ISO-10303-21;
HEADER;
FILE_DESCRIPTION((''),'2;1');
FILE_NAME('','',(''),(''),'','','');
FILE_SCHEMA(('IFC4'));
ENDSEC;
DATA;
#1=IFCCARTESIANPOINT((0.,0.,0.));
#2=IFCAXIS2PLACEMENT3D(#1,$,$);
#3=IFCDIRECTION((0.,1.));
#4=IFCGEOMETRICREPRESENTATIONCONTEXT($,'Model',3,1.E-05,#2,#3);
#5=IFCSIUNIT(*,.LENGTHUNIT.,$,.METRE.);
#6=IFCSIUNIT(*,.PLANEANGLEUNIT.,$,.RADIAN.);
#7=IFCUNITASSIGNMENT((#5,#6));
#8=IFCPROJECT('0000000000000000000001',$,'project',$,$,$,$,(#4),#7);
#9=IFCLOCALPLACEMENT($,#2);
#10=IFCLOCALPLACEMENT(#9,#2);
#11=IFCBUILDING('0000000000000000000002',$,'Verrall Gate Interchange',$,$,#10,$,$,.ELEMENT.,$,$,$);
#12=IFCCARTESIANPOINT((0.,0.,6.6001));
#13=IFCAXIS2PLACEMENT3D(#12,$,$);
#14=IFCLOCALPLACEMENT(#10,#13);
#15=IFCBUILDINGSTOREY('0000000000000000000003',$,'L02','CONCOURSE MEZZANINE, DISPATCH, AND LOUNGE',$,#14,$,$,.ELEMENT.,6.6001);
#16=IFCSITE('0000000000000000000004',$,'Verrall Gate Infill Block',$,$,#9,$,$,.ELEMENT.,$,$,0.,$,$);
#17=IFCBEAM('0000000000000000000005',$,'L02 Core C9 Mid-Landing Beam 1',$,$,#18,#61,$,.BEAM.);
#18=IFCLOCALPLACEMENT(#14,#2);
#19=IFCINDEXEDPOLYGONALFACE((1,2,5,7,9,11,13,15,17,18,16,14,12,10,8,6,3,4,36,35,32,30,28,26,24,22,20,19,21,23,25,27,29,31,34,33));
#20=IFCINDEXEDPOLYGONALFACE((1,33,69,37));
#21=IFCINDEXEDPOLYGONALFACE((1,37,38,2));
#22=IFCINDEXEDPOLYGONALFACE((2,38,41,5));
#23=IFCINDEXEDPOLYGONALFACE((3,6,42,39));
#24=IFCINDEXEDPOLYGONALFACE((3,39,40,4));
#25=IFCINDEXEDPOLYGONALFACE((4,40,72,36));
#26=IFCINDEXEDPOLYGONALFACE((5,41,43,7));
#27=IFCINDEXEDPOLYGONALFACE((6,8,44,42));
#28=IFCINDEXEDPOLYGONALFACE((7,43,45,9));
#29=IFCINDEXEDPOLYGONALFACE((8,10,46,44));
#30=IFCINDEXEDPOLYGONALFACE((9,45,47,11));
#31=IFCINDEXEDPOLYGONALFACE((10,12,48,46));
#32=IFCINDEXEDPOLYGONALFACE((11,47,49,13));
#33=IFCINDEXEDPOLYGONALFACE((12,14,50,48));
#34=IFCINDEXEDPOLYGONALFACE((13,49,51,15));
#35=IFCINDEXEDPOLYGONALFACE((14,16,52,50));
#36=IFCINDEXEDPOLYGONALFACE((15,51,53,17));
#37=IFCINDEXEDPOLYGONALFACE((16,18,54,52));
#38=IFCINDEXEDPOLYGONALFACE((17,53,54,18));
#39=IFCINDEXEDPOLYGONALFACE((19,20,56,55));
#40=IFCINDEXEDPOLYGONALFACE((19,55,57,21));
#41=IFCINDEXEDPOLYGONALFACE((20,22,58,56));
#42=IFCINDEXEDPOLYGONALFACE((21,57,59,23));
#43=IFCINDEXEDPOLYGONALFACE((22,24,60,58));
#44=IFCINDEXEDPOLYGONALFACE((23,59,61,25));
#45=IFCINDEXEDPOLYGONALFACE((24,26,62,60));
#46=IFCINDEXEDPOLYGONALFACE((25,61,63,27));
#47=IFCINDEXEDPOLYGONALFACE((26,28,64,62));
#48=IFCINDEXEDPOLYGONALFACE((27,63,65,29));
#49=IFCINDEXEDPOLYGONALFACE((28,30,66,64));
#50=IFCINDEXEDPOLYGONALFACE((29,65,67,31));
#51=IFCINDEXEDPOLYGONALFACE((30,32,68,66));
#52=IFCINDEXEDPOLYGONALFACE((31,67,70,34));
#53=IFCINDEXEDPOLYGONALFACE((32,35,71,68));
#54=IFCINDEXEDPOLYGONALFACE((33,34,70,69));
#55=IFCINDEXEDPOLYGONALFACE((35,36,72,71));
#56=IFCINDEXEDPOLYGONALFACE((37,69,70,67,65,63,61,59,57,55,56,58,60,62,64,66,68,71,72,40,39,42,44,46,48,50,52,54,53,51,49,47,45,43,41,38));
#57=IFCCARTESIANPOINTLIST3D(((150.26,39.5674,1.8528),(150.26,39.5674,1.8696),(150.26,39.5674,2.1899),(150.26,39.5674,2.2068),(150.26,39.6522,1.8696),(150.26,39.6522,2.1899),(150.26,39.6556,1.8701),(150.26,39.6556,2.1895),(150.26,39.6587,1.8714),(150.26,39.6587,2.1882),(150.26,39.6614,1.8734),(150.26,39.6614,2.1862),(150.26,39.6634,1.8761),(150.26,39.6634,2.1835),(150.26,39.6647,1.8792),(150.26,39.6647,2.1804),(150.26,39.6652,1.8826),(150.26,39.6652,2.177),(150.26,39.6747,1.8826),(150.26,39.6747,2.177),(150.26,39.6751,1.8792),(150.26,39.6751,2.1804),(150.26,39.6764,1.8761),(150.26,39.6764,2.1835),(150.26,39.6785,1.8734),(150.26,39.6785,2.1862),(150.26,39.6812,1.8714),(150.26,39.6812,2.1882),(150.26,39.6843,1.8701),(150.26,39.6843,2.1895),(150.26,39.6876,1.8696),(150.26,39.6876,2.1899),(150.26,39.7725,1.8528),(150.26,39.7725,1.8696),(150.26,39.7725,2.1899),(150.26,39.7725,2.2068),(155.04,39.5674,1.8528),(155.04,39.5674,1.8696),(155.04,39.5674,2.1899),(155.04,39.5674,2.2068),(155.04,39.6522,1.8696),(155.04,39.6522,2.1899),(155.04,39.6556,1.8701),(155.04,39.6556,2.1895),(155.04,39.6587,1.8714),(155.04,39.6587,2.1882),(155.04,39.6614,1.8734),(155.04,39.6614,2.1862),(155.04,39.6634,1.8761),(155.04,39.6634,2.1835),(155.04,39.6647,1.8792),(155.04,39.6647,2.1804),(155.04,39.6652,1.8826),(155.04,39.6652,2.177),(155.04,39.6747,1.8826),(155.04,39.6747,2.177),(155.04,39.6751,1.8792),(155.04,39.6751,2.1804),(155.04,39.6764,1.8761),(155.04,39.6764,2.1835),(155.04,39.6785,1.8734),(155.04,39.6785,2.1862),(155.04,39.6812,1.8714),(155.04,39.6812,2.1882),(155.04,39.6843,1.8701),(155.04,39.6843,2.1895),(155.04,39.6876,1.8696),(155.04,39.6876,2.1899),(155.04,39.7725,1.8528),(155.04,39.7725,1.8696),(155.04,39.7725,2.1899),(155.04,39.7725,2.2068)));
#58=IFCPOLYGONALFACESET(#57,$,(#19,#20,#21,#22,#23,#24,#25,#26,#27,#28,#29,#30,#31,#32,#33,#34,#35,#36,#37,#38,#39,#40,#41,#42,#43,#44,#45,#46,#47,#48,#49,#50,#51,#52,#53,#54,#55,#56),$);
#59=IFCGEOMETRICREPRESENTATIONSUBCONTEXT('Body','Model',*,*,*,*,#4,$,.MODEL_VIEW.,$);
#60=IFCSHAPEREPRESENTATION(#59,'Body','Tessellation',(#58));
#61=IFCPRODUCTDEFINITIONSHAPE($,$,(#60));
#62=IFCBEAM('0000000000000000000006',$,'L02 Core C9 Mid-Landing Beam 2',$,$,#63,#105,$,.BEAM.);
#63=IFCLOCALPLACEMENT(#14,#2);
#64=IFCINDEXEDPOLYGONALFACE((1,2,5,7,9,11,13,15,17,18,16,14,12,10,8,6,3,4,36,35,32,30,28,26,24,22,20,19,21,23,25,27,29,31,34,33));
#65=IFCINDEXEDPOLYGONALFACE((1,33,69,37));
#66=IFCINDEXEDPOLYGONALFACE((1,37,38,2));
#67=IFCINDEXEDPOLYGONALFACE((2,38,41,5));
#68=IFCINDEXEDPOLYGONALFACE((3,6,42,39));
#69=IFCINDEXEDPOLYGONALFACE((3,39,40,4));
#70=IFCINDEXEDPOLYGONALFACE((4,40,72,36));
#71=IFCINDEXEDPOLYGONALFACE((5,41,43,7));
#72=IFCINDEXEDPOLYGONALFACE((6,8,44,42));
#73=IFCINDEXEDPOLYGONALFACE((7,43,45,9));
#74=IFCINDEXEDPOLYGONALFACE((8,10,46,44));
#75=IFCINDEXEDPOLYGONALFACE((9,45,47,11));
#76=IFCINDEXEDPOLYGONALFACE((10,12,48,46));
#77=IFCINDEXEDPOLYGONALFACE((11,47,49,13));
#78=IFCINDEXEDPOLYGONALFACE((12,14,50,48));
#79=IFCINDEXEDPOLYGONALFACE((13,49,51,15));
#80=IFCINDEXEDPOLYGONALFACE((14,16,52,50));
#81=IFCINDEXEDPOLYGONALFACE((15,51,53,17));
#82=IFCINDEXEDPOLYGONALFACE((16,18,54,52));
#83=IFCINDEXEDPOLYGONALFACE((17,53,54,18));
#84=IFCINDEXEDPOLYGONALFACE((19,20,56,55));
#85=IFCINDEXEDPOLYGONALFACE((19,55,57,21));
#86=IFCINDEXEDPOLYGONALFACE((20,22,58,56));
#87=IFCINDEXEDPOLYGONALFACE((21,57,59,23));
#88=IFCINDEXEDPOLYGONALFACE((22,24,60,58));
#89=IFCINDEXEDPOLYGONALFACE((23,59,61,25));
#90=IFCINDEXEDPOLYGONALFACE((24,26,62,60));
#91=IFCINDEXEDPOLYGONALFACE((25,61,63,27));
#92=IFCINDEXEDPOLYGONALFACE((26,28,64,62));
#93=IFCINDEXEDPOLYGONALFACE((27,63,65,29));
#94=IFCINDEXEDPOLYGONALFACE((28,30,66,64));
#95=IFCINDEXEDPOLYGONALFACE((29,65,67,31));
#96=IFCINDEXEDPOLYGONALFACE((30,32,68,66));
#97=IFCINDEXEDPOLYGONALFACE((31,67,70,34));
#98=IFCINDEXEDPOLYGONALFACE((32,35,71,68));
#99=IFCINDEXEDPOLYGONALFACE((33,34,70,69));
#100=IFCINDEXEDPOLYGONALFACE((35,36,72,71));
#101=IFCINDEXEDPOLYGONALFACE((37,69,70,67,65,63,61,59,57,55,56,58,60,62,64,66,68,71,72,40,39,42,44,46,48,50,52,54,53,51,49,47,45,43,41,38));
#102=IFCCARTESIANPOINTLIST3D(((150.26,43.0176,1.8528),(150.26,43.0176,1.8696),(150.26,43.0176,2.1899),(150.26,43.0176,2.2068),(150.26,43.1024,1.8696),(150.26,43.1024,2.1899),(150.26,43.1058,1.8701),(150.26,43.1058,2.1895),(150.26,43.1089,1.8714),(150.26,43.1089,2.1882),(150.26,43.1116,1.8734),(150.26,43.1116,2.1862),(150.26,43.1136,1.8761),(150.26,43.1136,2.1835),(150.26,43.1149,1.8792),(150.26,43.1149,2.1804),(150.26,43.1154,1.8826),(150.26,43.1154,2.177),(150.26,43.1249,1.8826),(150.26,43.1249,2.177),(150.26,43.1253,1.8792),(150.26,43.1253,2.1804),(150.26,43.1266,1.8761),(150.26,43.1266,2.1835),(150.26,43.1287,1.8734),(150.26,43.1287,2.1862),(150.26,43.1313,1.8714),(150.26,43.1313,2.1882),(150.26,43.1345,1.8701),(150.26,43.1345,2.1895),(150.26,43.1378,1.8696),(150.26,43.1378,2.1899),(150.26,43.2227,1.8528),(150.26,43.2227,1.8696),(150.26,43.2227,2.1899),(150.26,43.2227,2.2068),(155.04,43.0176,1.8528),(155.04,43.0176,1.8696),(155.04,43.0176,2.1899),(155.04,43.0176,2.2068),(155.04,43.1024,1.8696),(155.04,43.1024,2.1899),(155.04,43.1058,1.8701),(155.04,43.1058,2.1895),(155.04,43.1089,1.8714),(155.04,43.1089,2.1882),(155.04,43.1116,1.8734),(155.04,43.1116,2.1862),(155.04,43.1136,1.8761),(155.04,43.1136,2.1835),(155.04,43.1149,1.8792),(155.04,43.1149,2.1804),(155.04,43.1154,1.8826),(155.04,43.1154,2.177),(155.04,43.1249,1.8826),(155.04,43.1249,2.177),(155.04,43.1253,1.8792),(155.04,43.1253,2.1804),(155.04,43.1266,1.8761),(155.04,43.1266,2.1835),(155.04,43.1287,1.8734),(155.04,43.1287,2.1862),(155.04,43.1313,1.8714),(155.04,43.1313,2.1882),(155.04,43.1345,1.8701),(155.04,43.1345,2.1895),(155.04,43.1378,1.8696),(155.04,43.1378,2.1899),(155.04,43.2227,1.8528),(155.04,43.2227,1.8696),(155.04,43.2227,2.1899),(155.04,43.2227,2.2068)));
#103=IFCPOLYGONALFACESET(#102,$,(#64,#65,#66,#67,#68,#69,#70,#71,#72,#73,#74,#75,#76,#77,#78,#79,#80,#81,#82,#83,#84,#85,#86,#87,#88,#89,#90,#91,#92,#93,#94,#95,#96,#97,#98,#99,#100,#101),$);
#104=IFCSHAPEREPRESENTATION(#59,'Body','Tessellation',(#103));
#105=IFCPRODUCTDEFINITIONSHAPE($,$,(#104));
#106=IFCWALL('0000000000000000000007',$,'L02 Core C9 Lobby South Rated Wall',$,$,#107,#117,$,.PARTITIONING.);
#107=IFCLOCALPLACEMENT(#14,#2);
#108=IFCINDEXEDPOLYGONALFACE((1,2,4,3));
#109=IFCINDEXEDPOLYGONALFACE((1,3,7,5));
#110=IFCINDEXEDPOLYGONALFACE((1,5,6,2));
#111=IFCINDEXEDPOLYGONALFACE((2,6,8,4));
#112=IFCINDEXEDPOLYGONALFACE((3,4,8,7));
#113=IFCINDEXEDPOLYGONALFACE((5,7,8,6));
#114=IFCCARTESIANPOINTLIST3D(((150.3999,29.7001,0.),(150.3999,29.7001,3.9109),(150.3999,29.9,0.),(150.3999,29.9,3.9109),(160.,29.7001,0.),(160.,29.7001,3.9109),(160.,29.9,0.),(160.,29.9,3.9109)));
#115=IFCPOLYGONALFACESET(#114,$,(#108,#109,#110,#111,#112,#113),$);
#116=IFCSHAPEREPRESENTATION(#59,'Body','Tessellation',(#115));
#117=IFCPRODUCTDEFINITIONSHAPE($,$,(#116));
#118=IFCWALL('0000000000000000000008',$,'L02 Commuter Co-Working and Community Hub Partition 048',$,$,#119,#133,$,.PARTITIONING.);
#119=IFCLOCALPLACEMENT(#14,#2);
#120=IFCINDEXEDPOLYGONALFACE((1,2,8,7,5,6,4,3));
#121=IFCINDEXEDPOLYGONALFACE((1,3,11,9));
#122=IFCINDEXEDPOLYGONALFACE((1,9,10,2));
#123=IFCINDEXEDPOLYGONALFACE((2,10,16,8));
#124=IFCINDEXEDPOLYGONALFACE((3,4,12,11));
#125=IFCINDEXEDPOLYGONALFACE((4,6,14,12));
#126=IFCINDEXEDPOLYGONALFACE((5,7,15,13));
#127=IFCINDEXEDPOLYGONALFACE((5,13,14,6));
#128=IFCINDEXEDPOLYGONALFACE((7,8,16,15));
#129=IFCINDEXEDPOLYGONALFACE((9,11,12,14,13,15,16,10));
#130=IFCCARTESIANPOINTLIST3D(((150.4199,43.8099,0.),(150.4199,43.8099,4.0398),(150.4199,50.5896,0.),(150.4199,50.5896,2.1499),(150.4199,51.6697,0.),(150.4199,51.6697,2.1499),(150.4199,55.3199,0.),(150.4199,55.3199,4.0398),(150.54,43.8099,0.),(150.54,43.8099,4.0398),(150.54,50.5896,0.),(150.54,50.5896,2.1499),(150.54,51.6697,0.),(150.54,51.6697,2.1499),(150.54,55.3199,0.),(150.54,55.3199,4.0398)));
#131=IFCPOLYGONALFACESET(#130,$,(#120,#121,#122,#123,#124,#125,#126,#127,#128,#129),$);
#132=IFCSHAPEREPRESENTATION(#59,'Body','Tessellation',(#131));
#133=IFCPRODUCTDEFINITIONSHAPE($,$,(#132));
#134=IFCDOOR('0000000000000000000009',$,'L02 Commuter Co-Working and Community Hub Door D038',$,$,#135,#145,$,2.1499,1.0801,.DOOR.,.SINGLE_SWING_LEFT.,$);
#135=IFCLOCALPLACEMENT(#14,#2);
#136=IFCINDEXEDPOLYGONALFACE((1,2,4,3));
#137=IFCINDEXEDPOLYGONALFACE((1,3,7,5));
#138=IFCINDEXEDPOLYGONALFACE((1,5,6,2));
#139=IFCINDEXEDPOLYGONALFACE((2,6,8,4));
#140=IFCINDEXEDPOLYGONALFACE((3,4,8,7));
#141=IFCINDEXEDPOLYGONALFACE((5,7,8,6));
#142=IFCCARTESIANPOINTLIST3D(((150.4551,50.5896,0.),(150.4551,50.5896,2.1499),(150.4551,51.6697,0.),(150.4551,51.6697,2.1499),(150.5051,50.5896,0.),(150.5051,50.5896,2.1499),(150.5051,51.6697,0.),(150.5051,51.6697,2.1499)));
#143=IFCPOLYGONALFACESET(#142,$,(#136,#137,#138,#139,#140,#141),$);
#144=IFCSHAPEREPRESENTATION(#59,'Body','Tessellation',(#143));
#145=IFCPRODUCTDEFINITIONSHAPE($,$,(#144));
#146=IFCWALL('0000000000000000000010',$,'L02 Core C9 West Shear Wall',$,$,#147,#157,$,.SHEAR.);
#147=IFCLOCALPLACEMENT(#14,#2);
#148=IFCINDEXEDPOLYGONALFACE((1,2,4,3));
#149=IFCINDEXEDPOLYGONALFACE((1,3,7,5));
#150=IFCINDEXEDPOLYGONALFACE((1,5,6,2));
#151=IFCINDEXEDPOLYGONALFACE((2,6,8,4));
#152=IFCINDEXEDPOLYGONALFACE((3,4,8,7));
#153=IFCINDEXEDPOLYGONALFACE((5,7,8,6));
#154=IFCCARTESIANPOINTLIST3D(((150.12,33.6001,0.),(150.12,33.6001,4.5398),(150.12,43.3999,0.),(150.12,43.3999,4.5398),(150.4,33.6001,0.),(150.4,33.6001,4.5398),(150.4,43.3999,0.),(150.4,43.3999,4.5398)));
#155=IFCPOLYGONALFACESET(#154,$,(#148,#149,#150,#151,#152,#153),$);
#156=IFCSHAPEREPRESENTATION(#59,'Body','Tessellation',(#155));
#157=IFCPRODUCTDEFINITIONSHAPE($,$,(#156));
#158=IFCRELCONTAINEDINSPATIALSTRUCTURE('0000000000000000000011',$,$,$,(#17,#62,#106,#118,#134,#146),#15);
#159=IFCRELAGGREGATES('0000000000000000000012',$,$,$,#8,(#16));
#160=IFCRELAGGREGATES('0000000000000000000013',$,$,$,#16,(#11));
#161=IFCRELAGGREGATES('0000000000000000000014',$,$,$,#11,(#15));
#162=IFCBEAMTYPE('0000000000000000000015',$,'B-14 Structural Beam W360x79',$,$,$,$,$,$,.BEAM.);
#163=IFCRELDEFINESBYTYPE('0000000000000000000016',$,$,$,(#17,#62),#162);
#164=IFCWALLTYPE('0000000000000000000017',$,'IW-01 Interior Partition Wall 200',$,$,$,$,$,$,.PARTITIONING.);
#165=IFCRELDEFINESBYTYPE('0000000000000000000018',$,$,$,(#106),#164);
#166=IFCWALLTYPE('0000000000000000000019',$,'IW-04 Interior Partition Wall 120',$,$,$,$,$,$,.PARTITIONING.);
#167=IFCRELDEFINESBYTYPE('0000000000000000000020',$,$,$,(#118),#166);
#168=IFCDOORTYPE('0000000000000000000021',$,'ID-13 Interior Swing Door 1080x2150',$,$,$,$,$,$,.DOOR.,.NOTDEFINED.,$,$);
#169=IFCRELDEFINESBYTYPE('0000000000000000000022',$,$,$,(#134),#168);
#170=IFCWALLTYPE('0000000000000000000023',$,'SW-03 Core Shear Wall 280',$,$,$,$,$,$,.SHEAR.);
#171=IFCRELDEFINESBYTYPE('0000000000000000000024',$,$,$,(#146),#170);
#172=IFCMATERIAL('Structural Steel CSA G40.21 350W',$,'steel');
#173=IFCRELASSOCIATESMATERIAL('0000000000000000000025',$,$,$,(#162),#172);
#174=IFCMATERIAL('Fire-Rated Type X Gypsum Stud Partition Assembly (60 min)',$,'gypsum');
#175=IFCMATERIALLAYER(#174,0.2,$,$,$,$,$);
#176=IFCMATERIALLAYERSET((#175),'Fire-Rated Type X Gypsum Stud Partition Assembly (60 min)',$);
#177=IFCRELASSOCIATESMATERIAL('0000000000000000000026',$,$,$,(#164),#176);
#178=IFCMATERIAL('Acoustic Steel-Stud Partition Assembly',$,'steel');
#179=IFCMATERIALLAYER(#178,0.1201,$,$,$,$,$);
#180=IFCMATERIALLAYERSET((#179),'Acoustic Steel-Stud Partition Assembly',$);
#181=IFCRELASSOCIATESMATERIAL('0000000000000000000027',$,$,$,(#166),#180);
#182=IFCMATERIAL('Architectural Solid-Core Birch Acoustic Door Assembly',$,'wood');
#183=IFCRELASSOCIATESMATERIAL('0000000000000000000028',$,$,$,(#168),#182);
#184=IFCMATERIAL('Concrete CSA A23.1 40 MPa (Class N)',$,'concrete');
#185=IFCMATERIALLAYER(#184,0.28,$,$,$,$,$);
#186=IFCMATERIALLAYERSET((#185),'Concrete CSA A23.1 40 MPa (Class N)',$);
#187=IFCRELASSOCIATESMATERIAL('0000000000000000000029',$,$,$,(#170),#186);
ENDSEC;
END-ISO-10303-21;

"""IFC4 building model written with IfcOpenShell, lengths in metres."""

from ifc_helpers import new_model, si_unit, direction, frame, frame_2d, origin, origin_2d, place, context, subcontext, project, spatial, rectangle, i_section, extrude, material, layer, layer_set, material_profile, profile_set, type_object, element, fill, save


model = new_model("IFC4")

# Units and contexts
model_context = context("Model", 3, precision=1e-05, world=origin(), true_north=direction((0.0, 1.0)))
body_context = subcontext(model_context, "Body", "Model", "MODEL_VIEW")
ifc_project = project(units=[si_unit("LENGTHUNIT", "METRE"), si_unit("PLANEANGLEUNIT", "RADIAN")], contexts=[model_context])

# Site, building, storey
site_placement = place(None, origin())
site = spatial("IfcSite", under=ifc_project, at=site_placement, Name="Verrall Gate Infill Block", CompositionType="ELEMENT", RefElevation=0.0)
building_placement = place(site_placement, origin())
building = spatial("IfcBuilding", under=site, at=building_placement, Name="Verrall Gate Interchange", CompositionType="ELEMENT")
storey_placement = place(building_placement, frame((0.0, 0.0, 6.6001)))
storey = spatial("IfcBuildingStorey", under=building, at=storey_placement, Name="L02", Description="CONCOURSE MEZZANINE, DISPATCH, AND LOUNGE", CompositionType="ELEMENT", Elevation=6.6001)

# Beams
ifc_material_1 = material(Name="Structural Steel CSA G40.21 350W", Category="steel")
ifc_material_profile_1 = material_profile(ifc_material_1, i_section(OverallWidth=0.2051, OverallDepth=0.354, WebThickness=0.0095, FlangeThickness=0.0168, FilletRadius=0.0129, at=origin_2d()), Name="W360x79")
ifc_profile_set_1 = profile_set([ifc_material_profile_1], Name="Structural Steel CSA G40.21 350W")
beam_type_1 = type_object("IfcBeamType", Name="B-14 Structural Beam W360x79", PredefinedType="BEAM", material=ifc_profile_set_1)
for number, where, z_axis, x_axis, name in (
    (1, (150.26, 39.6699, 2.0298), (1.0, 0.0, 0.0), (0.0, 1.0, 0.0), "L02 Core C9 Mid-Landing Beam 1"),
    (2, (150.26, 43.1201, 2.0298), (1.0, 0.0, 0.0), (0.0, 1.0, 0.0), "L02 Core C9 Mid-Landing Beam 2"),
):
    element("IfcBeam", number, at=place(storey_placement, frame(where, z_axis=z_axis, x_axis=x_axis)), inside=storey, type_object=beam_type_1, Name=name, PredefinedType="BEAM", context=body_context, shape_type="SweptSolid", body=[
        extrude(i_section(OverallWidth=0.2051, OverallDepth=0.354, WebThickness=0.0095, FlangeThickness=0.0168, FilletRadius=0.0129, at=origin_2d()), origin(), (0.0, 0.0, 1.0), 4.78),
    ])

# Wall
ifc_material_2 = material(Name="Fire-Rated Type X Gypsum Stud Partition Assembly (60 min)", Category="gypsum")
ifc_layer_1 = layer(ifc_material_2, 0.2)
ifc_layer_set_1 = layer_set([ifc_layer_1], Name="Fire-Rated Type X Gypsum Stud Partition Assembly (60 min)")
wall_type_1 = type_object("IfcWallType", Name="IW-01 Interior Partition Wall 200", PredefinedType="PARTITIONING", material=ifc_layer_set_1)
wall_1_placement = place(storey_placement, frame((150.3999, 29.8, 0.0), z_axis=(0.0, 0.0, 1.0), x_axis=(1.0, 0.0, 0.0)))
element("IfcWall", 3, at=wall_1_placement, inside=storey, type_object=wall_type_1, Name="L02 Core C9 Lobby South Rated Wall", PredefinedType="PARTITIONING", context=body_context, shape_type="SweptSolid", body=[
    extrude(rectangle(XDim=9.6001, YDim=0.2, at=frame_2d((4.8, 0.0))), origin(), (0.0, 0.0, 1.0), 3.9109),
])

# Wall, opening, door
ifc_material_3 = material(Name="Acoustic Steel-Stud Partition Assembly", Category="steel")
ifc_layer_2 = layer(ifc_material_3, 0.1201)
ifc_layer_set_2 = layer_set([ifc_layer_2], Name="Acoustic Steel-Stud Partition Assembly")
wall_type_2 = type_object("IfcWallType", Name="IW-04 Interior Partition Wall 120", PredefinedType="PARTITIONING", material=ifc_layer_set_2)
wall_2_placement = place(storey_placement, frame((150.48, 43.8101, 0.0), z_axis=(0.0, 0.0, 1.0), x_axis=(0.0, 1.0, 0.0)))
wall_2 = element("IfcWall", 4, at=wall_2_placement, inside=storey, type_object=wall_type_2, Name="L02 Commuter Co-Working and Community Hub Partition 048", PredefinedType="PARTITIONING", context=body_context, shape_type="SweptSolid", body=[
    extrude(rectangle(XDim=11.51, YDim=0.1201, at=frame_2d((5.7549, 0.0))), origin(), (0.0, 0.0, 1.0), 4.0398),
])
opening_1_placement = place(wall_2_placement, frame((6.7795, 0.0, 0.0)))
opening_1 = element("IfcOpeningElement", 5, at=opening_1_placement, cuts=wall_2, PredefinedType="OPENING", context=body_context, shape_type="SweptSolid", body=[
    extrude(rectangle(XDim=1.0801, YDim=2.1499, at=frame_2d((0.54, 1.075))), frame((0.0, 0.075, 0.0), z_axis=(0.0, -1.0, 0.0), x_axis=(1.0, 0.0, 0.0)), (0.0, 0.0, 1.0), 0.1499),
])
ifc_material_4 = material(Name="Architectural Solid-Core Birch Acoustic Door Assembly", Category="wood")
door_type_1 = type_object("IfcDoorType", Name="ID-13 Interior Swing Door 1080x2150", OperationType="NOTDEFINED", PredefinedType="DOOR", material=ifc_material_4)
door_1_placement = place(opening_1_placement, origin())
door_1 = element("IfcDoor", 6, at=door_1_placement, inside=storey, type_object=door_type_1, Name="L02 Commuter Co-Working and Community Hub Door D038", OperationType="SINGLE_SWING_LEFT", OverallHeight=2.1499, OverallWidth=1.0801, PredefinedType="DOOR", context=body_context, shape_type="SweptSolid", body=[
    extrude(rectangle(XDim=1.0801, YDim=2.1499, at=frame_2d((0.54, 1.075))), frame((0.0, 0.0249, 0.0), z_axis=(0.0, -1.0, 0.0), x_axis=(1.0, 0.0, 0.0)), (0.0, 0.0, 1.0), 0.05),
])
fill(opening_1, door_1)
ifc_material_5 = material(Name="Concrete CSA A23.1 40 MPa (Class N)", Category="concrete")
ifc_layer_3 = layer(ifc_material_5, 0.28)
ifc_layer_set_3 = layer_set([ifc_layer_3], Name="Concrete CSA A23.1 40 MPa (Class N)")
wall_type_3 = type_object("IfcWallType", Name="SW-03 Core Shear Wall 280", PredefinedType="SHEAR", material=ifc_layer_set_3)

# Wall
wall_3_placement = place(storey_placement, frame((150.26, 43.3999, 0.0), z_axis=(0.0, 0.0, 1.0), x_axis=(0.0, -1.0, 0.0)))
element("IfcWall", 7, at=wall_3_placement, inside=storey, type_object=wall_type_3, Name="L02 Core C9 West Shear Wall", PredefinedType="SHEAR", context=body_context, shape_type="SweptSolid", body=[
    extrude(rectangle(XDim=9.7998, YDim=0.28, at=frame_2d((4.8999, 0.0))), origin(), (0.0, 0.0, 1.0), 4.5398),
])

save(model, "model.ifc")
